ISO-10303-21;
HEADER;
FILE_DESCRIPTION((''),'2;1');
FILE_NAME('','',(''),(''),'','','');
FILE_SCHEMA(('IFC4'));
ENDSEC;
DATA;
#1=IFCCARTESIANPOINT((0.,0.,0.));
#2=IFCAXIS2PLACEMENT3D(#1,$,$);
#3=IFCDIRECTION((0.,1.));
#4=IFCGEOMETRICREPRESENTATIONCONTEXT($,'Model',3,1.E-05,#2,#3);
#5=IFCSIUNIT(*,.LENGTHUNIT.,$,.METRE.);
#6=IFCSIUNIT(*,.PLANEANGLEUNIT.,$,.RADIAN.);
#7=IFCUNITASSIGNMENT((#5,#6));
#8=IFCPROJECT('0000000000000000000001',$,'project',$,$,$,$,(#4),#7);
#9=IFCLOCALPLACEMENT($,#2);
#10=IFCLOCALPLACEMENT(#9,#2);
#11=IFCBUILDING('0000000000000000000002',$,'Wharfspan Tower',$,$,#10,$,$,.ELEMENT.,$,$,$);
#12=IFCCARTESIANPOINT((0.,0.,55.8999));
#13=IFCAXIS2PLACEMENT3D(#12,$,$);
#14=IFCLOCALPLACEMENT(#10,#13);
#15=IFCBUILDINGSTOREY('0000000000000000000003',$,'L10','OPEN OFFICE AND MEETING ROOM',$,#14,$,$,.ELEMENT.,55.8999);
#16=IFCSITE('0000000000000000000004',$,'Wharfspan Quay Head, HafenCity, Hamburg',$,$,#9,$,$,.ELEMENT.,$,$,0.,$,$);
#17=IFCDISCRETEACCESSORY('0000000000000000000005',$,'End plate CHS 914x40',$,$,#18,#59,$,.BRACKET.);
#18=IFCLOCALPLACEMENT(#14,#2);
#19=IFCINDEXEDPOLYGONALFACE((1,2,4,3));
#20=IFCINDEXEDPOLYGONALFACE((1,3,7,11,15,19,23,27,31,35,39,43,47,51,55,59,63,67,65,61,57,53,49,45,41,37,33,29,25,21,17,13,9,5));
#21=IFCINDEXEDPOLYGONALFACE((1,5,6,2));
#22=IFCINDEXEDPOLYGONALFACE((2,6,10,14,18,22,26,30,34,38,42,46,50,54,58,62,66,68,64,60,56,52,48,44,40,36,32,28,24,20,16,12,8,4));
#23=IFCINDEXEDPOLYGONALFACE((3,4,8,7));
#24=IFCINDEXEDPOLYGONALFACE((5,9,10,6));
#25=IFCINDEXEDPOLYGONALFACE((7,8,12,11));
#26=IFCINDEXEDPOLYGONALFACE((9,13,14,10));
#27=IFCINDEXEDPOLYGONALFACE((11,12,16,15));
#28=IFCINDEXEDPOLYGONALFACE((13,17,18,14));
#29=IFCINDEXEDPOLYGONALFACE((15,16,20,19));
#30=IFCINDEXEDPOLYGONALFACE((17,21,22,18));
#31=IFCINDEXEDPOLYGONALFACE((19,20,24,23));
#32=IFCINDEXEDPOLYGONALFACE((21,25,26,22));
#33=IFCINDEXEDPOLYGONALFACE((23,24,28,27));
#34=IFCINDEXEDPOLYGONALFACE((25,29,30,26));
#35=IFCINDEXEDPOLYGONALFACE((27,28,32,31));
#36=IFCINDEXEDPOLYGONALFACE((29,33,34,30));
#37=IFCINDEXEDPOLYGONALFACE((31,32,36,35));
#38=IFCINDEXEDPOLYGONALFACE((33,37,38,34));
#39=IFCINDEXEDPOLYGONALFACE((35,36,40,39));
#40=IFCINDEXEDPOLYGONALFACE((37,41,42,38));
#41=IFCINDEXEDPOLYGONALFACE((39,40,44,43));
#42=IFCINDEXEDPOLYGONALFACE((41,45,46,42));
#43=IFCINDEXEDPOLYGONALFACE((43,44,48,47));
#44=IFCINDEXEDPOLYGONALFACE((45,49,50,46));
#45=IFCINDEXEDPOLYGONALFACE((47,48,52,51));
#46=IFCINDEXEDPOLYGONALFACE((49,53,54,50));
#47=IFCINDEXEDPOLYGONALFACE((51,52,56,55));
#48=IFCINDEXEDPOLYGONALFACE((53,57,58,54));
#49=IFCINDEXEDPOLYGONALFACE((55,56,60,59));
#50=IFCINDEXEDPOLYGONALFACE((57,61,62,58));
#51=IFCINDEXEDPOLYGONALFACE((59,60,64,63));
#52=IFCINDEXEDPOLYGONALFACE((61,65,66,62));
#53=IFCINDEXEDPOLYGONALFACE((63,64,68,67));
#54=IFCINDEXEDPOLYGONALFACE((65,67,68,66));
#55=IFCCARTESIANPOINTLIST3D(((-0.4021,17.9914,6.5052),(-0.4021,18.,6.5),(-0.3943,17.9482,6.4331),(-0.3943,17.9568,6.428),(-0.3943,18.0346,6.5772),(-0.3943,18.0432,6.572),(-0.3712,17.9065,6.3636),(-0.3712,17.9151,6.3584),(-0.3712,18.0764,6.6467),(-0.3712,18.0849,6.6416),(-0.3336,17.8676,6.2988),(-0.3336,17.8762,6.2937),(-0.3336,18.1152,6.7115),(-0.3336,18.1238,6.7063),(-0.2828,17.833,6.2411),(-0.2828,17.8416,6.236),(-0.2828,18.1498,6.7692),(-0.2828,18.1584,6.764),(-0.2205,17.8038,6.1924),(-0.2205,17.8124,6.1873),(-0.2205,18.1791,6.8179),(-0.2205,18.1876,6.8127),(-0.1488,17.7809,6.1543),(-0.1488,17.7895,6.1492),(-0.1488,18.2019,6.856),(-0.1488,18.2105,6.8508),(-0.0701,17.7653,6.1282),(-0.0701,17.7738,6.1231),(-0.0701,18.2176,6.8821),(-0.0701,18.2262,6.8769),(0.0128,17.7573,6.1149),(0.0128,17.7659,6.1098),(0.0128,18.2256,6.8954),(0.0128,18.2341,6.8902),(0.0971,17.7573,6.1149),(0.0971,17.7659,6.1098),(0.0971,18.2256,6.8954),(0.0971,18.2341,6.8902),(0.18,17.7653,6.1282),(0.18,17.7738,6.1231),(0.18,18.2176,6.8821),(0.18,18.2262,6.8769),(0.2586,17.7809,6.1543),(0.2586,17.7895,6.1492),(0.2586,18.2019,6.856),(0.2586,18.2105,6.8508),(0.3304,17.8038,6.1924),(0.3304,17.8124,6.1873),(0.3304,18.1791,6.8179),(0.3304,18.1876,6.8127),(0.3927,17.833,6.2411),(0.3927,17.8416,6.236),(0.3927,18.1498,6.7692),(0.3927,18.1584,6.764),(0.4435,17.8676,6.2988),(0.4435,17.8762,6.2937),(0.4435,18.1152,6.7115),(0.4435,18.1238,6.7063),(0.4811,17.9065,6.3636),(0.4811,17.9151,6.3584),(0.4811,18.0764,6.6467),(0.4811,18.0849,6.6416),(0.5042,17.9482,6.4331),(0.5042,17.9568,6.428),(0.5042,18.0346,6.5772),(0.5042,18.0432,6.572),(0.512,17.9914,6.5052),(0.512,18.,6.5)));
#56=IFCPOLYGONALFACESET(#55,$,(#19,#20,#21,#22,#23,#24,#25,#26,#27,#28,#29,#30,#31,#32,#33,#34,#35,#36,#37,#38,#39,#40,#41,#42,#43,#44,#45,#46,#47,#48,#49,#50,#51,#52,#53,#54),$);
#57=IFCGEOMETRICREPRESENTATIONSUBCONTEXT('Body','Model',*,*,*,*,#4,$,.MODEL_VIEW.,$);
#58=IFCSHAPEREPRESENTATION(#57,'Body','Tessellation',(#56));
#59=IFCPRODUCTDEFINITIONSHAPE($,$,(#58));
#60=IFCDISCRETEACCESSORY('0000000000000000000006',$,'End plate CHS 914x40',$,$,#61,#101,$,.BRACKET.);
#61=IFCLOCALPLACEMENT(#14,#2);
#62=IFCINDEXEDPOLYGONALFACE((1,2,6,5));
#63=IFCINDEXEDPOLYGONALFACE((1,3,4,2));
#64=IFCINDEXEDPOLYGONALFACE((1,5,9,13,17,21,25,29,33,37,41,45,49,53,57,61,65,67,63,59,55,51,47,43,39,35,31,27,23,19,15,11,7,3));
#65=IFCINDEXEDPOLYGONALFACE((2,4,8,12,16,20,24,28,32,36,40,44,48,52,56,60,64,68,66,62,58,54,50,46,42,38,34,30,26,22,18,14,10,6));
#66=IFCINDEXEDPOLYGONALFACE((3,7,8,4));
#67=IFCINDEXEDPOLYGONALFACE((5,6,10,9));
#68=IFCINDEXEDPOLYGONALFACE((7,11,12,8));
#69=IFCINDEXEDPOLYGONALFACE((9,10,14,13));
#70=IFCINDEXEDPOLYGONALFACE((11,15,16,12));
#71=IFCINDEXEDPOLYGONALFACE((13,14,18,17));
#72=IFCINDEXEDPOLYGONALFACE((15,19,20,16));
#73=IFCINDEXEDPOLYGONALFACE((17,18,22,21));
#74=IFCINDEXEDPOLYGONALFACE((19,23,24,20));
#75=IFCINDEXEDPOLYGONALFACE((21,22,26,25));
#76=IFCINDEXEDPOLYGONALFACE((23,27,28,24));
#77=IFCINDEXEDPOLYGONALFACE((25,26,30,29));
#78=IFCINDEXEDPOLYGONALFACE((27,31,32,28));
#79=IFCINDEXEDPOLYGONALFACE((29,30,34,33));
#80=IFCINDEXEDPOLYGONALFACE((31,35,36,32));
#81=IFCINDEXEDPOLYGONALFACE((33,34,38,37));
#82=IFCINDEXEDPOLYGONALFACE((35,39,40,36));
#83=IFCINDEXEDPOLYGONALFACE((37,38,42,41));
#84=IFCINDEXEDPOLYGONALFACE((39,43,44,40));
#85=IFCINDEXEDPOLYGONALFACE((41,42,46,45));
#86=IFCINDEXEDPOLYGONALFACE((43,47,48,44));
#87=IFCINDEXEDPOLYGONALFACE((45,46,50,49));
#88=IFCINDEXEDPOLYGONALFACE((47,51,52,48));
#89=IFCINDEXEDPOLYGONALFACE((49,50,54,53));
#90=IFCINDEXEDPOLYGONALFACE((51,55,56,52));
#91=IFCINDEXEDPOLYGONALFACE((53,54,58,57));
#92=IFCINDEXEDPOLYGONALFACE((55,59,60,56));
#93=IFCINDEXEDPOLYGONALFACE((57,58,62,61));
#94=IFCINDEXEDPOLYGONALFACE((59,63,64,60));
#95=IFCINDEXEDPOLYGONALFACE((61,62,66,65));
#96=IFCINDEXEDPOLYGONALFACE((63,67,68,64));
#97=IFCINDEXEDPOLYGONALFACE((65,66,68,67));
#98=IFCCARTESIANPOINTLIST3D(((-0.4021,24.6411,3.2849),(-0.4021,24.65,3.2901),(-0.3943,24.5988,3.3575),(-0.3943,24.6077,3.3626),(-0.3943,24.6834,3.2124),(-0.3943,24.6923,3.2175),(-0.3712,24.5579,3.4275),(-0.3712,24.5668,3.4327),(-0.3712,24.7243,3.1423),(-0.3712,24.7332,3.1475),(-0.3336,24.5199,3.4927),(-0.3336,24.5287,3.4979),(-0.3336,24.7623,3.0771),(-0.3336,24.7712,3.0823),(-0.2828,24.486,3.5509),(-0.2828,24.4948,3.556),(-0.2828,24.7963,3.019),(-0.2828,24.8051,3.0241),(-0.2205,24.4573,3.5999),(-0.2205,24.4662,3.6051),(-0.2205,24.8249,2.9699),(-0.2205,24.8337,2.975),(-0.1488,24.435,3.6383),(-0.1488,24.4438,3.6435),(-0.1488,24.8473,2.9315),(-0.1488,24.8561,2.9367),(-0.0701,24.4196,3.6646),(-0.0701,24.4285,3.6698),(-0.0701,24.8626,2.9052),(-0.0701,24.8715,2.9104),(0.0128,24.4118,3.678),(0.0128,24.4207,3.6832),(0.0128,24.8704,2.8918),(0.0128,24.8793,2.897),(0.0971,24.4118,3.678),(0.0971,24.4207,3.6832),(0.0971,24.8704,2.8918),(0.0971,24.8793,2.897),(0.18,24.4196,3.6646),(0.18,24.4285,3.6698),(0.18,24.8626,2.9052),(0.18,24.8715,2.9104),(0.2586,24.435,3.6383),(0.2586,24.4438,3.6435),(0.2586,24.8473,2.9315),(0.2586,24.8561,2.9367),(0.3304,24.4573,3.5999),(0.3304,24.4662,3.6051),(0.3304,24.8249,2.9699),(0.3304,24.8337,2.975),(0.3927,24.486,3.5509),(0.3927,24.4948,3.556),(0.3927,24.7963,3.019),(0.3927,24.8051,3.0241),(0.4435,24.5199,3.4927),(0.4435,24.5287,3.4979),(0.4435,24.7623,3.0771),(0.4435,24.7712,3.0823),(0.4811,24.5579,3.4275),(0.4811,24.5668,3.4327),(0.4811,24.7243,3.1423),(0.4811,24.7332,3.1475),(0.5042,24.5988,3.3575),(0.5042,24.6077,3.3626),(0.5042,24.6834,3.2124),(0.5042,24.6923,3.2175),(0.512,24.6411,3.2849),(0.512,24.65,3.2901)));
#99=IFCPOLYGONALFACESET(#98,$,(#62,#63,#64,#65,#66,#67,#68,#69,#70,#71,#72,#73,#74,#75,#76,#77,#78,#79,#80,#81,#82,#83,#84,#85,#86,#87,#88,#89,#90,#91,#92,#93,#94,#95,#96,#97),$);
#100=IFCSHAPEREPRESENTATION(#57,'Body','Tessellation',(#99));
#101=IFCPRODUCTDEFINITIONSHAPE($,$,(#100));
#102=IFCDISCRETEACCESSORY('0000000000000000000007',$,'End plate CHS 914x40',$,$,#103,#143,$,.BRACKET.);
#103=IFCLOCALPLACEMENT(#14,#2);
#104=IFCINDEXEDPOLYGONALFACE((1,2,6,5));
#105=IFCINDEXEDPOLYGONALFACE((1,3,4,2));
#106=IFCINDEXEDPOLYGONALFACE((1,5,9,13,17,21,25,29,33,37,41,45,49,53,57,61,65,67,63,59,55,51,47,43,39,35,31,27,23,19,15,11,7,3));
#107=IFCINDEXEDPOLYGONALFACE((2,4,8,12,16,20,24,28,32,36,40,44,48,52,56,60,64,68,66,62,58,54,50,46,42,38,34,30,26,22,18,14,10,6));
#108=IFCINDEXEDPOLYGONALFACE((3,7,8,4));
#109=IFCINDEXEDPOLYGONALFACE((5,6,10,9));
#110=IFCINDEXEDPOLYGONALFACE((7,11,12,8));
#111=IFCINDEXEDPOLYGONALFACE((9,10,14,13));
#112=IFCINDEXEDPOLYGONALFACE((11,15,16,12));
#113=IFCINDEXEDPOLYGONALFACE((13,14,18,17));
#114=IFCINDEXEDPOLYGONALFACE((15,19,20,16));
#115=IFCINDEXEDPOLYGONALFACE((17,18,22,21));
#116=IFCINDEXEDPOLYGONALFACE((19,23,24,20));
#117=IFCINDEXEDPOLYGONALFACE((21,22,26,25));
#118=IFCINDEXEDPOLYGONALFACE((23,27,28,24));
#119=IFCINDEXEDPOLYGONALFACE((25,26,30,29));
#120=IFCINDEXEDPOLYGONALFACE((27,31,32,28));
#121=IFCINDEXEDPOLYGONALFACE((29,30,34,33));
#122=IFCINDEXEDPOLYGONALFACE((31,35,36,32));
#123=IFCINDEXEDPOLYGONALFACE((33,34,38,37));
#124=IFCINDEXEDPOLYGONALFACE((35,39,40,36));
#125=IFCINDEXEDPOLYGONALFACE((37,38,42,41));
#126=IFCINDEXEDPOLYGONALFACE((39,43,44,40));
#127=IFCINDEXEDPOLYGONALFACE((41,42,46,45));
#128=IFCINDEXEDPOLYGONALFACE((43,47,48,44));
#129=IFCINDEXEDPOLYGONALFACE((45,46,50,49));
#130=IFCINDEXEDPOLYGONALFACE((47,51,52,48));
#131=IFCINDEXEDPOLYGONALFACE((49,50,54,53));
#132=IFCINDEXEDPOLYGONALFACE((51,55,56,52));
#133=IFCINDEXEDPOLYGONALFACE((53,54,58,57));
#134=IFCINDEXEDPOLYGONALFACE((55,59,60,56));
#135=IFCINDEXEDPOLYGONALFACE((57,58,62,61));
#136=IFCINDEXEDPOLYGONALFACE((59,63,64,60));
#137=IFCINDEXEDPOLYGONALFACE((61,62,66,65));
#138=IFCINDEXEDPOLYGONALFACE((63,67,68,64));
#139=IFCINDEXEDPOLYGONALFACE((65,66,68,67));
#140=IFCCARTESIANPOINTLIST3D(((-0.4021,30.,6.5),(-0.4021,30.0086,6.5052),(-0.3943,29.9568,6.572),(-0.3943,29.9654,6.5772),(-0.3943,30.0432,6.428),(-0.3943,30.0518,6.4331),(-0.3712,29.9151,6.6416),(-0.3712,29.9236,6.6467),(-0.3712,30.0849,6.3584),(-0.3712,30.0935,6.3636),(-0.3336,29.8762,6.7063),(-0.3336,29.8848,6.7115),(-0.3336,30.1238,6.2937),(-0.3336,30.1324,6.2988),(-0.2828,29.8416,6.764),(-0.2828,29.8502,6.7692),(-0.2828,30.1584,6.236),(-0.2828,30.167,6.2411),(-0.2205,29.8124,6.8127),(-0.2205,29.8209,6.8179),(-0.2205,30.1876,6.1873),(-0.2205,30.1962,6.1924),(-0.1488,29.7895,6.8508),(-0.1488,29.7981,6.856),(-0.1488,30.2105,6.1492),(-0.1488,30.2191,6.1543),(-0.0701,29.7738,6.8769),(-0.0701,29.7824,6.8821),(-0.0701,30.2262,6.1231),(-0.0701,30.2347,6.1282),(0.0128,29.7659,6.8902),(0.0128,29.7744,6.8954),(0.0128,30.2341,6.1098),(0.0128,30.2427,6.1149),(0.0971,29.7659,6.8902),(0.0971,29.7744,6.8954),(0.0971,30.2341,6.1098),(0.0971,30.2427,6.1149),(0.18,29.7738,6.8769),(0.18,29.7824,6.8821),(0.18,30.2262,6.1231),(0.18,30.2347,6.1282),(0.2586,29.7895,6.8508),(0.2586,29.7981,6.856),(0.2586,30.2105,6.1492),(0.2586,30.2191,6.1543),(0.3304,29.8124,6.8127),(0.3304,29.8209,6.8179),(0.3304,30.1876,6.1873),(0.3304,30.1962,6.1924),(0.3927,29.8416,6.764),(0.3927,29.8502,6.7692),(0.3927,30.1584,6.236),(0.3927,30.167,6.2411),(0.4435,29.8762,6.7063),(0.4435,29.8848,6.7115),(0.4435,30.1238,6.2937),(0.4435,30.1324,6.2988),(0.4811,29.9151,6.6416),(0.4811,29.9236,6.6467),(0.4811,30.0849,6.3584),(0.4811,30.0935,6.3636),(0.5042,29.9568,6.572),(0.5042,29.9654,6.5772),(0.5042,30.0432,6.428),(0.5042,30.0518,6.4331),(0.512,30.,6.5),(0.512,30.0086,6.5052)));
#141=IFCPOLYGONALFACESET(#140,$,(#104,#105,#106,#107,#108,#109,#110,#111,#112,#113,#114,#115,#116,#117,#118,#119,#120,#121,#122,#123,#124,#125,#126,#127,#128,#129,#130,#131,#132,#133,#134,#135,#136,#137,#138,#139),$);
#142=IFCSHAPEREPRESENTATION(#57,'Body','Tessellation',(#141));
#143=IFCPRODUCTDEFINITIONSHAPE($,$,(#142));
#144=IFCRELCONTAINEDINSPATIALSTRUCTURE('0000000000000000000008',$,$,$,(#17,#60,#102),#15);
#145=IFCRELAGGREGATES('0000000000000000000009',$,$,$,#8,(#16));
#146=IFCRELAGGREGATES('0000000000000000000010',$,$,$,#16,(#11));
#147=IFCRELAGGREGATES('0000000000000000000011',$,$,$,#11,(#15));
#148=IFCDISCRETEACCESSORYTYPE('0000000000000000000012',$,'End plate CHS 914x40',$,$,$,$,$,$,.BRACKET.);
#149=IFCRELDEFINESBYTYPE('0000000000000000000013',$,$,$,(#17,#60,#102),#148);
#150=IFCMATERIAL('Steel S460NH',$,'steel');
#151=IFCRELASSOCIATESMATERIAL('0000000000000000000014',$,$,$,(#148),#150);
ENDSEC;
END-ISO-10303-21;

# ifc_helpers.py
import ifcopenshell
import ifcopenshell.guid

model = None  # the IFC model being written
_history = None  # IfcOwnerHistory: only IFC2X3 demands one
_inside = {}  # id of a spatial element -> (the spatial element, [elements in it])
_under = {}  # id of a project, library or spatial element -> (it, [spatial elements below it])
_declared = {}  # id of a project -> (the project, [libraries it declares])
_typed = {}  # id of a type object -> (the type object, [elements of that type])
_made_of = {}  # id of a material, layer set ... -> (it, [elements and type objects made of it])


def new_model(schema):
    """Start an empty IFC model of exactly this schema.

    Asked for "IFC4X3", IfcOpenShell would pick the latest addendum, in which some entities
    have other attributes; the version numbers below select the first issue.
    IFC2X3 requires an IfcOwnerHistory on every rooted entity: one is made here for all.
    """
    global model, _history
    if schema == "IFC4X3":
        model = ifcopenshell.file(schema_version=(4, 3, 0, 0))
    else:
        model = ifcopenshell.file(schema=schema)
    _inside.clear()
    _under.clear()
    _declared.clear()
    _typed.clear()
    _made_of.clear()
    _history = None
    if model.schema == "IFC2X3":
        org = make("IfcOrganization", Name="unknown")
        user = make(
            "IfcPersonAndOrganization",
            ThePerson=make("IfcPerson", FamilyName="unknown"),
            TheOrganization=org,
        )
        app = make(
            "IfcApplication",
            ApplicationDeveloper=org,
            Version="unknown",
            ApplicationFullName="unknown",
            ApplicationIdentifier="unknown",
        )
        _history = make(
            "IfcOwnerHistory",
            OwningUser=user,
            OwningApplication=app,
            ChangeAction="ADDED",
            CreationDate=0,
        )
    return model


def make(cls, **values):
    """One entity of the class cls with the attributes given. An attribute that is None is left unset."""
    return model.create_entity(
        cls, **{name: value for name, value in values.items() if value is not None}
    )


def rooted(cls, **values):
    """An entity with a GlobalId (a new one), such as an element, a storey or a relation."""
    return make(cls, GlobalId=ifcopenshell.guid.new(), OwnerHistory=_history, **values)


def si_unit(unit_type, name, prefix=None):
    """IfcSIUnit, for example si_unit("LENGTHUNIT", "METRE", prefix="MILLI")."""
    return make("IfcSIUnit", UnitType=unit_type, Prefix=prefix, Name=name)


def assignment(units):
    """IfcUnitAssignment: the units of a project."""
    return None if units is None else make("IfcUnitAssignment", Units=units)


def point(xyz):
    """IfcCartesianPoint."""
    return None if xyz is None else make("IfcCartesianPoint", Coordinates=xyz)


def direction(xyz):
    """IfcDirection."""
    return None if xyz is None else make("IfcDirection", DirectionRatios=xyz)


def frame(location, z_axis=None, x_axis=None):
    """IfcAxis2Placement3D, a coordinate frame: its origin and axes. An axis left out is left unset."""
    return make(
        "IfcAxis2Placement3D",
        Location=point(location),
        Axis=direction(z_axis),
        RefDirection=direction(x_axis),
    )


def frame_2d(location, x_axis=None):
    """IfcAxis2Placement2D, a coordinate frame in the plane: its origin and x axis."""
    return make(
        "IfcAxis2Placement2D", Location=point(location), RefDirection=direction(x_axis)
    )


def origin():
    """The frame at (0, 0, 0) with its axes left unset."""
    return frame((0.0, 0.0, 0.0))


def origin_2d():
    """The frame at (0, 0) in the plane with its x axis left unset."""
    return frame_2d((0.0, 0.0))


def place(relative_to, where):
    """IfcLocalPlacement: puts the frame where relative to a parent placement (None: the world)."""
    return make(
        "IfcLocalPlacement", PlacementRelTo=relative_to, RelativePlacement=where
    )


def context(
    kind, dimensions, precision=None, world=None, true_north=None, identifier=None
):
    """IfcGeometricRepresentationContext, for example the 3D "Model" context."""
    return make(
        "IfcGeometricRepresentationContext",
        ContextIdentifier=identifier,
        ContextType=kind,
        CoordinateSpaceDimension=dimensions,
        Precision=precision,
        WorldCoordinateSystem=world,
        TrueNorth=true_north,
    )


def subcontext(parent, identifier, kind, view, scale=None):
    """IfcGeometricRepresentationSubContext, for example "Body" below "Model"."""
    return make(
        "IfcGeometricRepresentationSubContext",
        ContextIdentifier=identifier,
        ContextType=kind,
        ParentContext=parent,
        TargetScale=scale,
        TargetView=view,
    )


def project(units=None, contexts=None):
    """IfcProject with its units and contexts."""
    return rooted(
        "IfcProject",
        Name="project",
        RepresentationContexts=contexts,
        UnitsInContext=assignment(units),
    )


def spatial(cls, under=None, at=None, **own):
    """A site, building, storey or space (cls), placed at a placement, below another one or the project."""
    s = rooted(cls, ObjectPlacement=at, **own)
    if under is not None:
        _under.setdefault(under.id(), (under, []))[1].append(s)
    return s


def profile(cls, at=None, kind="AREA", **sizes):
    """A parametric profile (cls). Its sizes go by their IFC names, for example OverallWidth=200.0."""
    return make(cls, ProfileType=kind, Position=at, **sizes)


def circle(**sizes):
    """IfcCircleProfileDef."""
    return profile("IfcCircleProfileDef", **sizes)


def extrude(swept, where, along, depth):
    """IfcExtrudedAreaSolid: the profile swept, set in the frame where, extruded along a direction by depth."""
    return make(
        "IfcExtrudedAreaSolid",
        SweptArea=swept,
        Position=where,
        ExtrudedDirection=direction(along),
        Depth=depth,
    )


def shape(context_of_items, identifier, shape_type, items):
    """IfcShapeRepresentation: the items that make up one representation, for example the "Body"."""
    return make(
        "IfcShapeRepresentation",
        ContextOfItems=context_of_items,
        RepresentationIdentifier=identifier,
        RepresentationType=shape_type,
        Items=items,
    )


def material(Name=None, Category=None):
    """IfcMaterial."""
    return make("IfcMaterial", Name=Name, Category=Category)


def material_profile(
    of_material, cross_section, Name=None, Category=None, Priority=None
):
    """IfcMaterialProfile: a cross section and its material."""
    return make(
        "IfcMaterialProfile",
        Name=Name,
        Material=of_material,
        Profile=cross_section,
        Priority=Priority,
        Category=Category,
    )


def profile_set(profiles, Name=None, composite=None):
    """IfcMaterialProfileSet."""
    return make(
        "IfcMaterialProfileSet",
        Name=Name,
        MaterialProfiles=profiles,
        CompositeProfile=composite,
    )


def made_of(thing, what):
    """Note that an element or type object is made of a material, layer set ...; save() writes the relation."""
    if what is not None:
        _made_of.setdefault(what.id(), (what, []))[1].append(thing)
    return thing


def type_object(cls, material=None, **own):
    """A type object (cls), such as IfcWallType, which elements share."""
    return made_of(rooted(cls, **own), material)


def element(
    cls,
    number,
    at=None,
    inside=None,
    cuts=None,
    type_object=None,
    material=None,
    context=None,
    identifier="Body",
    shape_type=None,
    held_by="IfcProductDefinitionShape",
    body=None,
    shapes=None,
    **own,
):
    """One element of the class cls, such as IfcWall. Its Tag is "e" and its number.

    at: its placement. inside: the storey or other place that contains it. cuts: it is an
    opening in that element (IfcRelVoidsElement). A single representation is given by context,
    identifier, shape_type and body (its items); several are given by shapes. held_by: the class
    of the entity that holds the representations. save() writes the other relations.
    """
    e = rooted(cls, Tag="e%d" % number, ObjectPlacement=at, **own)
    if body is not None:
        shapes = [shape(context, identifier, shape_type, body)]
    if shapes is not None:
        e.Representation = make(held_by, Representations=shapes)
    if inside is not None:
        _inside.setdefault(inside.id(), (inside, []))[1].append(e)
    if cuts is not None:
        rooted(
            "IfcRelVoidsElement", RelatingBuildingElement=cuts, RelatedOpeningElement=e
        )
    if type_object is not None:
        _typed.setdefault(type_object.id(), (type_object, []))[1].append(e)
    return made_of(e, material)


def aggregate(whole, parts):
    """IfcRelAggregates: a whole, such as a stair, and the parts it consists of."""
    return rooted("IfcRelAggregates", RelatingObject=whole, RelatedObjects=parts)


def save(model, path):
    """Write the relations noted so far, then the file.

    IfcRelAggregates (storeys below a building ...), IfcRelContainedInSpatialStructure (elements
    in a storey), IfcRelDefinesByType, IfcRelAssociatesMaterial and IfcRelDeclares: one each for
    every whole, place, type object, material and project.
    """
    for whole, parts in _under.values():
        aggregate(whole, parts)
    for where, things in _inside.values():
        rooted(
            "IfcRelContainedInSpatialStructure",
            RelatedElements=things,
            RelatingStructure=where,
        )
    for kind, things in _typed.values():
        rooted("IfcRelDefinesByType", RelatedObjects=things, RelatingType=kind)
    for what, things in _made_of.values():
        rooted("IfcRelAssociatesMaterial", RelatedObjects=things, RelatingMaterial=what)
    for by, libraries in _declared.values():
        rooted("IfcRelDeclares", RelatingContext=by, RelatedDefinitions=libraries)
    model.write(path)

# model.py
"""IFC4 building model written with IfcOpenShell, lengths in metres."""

from ifc_helpers import new_model, si_unit, direction, frame, origin, origin_2d, place, context, subcontext, project, spatial, circle, extrude, material, material_profile, profile_set, type_object, element, save


model = new_model("IFC4")

# Units and contexts
model_context = context("Model", 3, precision=1e-05, world=origin(), true_north=direction((0.0, 1.0)))
body_context = subcontext(model_context, "Body", "Model", "MODEL_VIEW")
ifc_project = project(units=[si_unit("LENGTHUNIT", "METRE"), si_unit("PLANEANGLEUNIT", "RADIAN")], contexts=[model_context])

# Site, building, storey
site_placement = place(None, origin())
site = spatial("IfcSite", under=ifc_project, at=site_placement, Name="Wharfspan Quay Head, HafenCity, Hamburg", CompositionType="ELEMENT", RefElevation=0.0)
building_placement = place(site_placement, origin())
building = spatial("IfcBuilding", under=site, at=building_placement, Name="Wharfspan Tower", CompositionType="ELEMENT")
storey_placement = place(building_placement, frame((0.0, 0.0, 55.8999)))
storey = spatial("IfcBuildingStorey", under=building, at=storey_placement, Name="L10", Description="OPEN OFFICE AND MEETING ROOM", CompositionType="ELEMENT", Elevation=55.8999)

# Shared definitions
ifc_material_1 = material(Name="Steel S460NH", Category="steel")

# Discrete accessories
ifc_material_profile_1 = material_profile(ifc_material_1, circle(Radius=0.457, at=origin_2d()))
ifc_profile_set_1 = profile_set([ifc_material_profile_1], Name="Steel S460NH")
discrete_accessory_type = type_object("IfcDiscreteAccessoryType", Name="End plate CHS 914x40", PredefinedType="BRACKET", material=ifc_profile_set_1)
discrete_accessory_1_placement = place(storey_placement, frame((0.0549, 18.0, 6.5), z_axis=(0.0, -0.857493, 0.514496), x_axis=(1.0, 0.0, 0.0)))
element("IfcDiscreteAccessory", 1, at=discrete_accessory_1_placement, inside=storey, type_object=discrete_accessory_type, Name="End plate CHS 914x40", PredefinedType="BRACKET", context=body_context, shape_type="SweptSolid", body=[
    extrude(circle(Radius=0.457, at=origin_2d()), origin(), (0.0, 0.0, 1.0), 0.01),
])
discrete_accessory_2_placement = place(storey_placement, frame((0.0549, 24.6411, 3.2849), z_axis=(0.0, 0.863779, 0.503871), x_axis=(-1.0, 0.0, 0.0)))
element("IfcDiscreteAccessory", 2, at=discrete_accessory_2_placement, inside=storey, type_object=discrete_accessory_type, Name="End plate CHS 914x40", PredefinedType="BRACKET", context=body_context, shape_type="SweptSolid", body=[
    extrude(circle(Radius=0.457, at=origin_2d()), origin(), (0.0, 0.0, 1.0), 0.0103),
])
discrete_accessory_3_placement = place(storey_placement, frame((0.0549, 30.0, 6.5), z_axis=(0.0, 0.857493, 0.514496), x_axis=(-1.0, 0.0, 0.0)))
element("IfcDiscreteAccessory", 3, at=discrete_accessory_3_placement, inside=storey, type_object=discrete_accessory_type, Name="End plate CHS 914x40", PredefinedType="BRACKET", context=body_context, shape_type="SweptSolid", body=[
    extrude(circle(Radius=0.457, at=origin_2d()), origin(), (0.0, 0.0, 1.0), 0.01),
])

save(model, "model.ifc")
